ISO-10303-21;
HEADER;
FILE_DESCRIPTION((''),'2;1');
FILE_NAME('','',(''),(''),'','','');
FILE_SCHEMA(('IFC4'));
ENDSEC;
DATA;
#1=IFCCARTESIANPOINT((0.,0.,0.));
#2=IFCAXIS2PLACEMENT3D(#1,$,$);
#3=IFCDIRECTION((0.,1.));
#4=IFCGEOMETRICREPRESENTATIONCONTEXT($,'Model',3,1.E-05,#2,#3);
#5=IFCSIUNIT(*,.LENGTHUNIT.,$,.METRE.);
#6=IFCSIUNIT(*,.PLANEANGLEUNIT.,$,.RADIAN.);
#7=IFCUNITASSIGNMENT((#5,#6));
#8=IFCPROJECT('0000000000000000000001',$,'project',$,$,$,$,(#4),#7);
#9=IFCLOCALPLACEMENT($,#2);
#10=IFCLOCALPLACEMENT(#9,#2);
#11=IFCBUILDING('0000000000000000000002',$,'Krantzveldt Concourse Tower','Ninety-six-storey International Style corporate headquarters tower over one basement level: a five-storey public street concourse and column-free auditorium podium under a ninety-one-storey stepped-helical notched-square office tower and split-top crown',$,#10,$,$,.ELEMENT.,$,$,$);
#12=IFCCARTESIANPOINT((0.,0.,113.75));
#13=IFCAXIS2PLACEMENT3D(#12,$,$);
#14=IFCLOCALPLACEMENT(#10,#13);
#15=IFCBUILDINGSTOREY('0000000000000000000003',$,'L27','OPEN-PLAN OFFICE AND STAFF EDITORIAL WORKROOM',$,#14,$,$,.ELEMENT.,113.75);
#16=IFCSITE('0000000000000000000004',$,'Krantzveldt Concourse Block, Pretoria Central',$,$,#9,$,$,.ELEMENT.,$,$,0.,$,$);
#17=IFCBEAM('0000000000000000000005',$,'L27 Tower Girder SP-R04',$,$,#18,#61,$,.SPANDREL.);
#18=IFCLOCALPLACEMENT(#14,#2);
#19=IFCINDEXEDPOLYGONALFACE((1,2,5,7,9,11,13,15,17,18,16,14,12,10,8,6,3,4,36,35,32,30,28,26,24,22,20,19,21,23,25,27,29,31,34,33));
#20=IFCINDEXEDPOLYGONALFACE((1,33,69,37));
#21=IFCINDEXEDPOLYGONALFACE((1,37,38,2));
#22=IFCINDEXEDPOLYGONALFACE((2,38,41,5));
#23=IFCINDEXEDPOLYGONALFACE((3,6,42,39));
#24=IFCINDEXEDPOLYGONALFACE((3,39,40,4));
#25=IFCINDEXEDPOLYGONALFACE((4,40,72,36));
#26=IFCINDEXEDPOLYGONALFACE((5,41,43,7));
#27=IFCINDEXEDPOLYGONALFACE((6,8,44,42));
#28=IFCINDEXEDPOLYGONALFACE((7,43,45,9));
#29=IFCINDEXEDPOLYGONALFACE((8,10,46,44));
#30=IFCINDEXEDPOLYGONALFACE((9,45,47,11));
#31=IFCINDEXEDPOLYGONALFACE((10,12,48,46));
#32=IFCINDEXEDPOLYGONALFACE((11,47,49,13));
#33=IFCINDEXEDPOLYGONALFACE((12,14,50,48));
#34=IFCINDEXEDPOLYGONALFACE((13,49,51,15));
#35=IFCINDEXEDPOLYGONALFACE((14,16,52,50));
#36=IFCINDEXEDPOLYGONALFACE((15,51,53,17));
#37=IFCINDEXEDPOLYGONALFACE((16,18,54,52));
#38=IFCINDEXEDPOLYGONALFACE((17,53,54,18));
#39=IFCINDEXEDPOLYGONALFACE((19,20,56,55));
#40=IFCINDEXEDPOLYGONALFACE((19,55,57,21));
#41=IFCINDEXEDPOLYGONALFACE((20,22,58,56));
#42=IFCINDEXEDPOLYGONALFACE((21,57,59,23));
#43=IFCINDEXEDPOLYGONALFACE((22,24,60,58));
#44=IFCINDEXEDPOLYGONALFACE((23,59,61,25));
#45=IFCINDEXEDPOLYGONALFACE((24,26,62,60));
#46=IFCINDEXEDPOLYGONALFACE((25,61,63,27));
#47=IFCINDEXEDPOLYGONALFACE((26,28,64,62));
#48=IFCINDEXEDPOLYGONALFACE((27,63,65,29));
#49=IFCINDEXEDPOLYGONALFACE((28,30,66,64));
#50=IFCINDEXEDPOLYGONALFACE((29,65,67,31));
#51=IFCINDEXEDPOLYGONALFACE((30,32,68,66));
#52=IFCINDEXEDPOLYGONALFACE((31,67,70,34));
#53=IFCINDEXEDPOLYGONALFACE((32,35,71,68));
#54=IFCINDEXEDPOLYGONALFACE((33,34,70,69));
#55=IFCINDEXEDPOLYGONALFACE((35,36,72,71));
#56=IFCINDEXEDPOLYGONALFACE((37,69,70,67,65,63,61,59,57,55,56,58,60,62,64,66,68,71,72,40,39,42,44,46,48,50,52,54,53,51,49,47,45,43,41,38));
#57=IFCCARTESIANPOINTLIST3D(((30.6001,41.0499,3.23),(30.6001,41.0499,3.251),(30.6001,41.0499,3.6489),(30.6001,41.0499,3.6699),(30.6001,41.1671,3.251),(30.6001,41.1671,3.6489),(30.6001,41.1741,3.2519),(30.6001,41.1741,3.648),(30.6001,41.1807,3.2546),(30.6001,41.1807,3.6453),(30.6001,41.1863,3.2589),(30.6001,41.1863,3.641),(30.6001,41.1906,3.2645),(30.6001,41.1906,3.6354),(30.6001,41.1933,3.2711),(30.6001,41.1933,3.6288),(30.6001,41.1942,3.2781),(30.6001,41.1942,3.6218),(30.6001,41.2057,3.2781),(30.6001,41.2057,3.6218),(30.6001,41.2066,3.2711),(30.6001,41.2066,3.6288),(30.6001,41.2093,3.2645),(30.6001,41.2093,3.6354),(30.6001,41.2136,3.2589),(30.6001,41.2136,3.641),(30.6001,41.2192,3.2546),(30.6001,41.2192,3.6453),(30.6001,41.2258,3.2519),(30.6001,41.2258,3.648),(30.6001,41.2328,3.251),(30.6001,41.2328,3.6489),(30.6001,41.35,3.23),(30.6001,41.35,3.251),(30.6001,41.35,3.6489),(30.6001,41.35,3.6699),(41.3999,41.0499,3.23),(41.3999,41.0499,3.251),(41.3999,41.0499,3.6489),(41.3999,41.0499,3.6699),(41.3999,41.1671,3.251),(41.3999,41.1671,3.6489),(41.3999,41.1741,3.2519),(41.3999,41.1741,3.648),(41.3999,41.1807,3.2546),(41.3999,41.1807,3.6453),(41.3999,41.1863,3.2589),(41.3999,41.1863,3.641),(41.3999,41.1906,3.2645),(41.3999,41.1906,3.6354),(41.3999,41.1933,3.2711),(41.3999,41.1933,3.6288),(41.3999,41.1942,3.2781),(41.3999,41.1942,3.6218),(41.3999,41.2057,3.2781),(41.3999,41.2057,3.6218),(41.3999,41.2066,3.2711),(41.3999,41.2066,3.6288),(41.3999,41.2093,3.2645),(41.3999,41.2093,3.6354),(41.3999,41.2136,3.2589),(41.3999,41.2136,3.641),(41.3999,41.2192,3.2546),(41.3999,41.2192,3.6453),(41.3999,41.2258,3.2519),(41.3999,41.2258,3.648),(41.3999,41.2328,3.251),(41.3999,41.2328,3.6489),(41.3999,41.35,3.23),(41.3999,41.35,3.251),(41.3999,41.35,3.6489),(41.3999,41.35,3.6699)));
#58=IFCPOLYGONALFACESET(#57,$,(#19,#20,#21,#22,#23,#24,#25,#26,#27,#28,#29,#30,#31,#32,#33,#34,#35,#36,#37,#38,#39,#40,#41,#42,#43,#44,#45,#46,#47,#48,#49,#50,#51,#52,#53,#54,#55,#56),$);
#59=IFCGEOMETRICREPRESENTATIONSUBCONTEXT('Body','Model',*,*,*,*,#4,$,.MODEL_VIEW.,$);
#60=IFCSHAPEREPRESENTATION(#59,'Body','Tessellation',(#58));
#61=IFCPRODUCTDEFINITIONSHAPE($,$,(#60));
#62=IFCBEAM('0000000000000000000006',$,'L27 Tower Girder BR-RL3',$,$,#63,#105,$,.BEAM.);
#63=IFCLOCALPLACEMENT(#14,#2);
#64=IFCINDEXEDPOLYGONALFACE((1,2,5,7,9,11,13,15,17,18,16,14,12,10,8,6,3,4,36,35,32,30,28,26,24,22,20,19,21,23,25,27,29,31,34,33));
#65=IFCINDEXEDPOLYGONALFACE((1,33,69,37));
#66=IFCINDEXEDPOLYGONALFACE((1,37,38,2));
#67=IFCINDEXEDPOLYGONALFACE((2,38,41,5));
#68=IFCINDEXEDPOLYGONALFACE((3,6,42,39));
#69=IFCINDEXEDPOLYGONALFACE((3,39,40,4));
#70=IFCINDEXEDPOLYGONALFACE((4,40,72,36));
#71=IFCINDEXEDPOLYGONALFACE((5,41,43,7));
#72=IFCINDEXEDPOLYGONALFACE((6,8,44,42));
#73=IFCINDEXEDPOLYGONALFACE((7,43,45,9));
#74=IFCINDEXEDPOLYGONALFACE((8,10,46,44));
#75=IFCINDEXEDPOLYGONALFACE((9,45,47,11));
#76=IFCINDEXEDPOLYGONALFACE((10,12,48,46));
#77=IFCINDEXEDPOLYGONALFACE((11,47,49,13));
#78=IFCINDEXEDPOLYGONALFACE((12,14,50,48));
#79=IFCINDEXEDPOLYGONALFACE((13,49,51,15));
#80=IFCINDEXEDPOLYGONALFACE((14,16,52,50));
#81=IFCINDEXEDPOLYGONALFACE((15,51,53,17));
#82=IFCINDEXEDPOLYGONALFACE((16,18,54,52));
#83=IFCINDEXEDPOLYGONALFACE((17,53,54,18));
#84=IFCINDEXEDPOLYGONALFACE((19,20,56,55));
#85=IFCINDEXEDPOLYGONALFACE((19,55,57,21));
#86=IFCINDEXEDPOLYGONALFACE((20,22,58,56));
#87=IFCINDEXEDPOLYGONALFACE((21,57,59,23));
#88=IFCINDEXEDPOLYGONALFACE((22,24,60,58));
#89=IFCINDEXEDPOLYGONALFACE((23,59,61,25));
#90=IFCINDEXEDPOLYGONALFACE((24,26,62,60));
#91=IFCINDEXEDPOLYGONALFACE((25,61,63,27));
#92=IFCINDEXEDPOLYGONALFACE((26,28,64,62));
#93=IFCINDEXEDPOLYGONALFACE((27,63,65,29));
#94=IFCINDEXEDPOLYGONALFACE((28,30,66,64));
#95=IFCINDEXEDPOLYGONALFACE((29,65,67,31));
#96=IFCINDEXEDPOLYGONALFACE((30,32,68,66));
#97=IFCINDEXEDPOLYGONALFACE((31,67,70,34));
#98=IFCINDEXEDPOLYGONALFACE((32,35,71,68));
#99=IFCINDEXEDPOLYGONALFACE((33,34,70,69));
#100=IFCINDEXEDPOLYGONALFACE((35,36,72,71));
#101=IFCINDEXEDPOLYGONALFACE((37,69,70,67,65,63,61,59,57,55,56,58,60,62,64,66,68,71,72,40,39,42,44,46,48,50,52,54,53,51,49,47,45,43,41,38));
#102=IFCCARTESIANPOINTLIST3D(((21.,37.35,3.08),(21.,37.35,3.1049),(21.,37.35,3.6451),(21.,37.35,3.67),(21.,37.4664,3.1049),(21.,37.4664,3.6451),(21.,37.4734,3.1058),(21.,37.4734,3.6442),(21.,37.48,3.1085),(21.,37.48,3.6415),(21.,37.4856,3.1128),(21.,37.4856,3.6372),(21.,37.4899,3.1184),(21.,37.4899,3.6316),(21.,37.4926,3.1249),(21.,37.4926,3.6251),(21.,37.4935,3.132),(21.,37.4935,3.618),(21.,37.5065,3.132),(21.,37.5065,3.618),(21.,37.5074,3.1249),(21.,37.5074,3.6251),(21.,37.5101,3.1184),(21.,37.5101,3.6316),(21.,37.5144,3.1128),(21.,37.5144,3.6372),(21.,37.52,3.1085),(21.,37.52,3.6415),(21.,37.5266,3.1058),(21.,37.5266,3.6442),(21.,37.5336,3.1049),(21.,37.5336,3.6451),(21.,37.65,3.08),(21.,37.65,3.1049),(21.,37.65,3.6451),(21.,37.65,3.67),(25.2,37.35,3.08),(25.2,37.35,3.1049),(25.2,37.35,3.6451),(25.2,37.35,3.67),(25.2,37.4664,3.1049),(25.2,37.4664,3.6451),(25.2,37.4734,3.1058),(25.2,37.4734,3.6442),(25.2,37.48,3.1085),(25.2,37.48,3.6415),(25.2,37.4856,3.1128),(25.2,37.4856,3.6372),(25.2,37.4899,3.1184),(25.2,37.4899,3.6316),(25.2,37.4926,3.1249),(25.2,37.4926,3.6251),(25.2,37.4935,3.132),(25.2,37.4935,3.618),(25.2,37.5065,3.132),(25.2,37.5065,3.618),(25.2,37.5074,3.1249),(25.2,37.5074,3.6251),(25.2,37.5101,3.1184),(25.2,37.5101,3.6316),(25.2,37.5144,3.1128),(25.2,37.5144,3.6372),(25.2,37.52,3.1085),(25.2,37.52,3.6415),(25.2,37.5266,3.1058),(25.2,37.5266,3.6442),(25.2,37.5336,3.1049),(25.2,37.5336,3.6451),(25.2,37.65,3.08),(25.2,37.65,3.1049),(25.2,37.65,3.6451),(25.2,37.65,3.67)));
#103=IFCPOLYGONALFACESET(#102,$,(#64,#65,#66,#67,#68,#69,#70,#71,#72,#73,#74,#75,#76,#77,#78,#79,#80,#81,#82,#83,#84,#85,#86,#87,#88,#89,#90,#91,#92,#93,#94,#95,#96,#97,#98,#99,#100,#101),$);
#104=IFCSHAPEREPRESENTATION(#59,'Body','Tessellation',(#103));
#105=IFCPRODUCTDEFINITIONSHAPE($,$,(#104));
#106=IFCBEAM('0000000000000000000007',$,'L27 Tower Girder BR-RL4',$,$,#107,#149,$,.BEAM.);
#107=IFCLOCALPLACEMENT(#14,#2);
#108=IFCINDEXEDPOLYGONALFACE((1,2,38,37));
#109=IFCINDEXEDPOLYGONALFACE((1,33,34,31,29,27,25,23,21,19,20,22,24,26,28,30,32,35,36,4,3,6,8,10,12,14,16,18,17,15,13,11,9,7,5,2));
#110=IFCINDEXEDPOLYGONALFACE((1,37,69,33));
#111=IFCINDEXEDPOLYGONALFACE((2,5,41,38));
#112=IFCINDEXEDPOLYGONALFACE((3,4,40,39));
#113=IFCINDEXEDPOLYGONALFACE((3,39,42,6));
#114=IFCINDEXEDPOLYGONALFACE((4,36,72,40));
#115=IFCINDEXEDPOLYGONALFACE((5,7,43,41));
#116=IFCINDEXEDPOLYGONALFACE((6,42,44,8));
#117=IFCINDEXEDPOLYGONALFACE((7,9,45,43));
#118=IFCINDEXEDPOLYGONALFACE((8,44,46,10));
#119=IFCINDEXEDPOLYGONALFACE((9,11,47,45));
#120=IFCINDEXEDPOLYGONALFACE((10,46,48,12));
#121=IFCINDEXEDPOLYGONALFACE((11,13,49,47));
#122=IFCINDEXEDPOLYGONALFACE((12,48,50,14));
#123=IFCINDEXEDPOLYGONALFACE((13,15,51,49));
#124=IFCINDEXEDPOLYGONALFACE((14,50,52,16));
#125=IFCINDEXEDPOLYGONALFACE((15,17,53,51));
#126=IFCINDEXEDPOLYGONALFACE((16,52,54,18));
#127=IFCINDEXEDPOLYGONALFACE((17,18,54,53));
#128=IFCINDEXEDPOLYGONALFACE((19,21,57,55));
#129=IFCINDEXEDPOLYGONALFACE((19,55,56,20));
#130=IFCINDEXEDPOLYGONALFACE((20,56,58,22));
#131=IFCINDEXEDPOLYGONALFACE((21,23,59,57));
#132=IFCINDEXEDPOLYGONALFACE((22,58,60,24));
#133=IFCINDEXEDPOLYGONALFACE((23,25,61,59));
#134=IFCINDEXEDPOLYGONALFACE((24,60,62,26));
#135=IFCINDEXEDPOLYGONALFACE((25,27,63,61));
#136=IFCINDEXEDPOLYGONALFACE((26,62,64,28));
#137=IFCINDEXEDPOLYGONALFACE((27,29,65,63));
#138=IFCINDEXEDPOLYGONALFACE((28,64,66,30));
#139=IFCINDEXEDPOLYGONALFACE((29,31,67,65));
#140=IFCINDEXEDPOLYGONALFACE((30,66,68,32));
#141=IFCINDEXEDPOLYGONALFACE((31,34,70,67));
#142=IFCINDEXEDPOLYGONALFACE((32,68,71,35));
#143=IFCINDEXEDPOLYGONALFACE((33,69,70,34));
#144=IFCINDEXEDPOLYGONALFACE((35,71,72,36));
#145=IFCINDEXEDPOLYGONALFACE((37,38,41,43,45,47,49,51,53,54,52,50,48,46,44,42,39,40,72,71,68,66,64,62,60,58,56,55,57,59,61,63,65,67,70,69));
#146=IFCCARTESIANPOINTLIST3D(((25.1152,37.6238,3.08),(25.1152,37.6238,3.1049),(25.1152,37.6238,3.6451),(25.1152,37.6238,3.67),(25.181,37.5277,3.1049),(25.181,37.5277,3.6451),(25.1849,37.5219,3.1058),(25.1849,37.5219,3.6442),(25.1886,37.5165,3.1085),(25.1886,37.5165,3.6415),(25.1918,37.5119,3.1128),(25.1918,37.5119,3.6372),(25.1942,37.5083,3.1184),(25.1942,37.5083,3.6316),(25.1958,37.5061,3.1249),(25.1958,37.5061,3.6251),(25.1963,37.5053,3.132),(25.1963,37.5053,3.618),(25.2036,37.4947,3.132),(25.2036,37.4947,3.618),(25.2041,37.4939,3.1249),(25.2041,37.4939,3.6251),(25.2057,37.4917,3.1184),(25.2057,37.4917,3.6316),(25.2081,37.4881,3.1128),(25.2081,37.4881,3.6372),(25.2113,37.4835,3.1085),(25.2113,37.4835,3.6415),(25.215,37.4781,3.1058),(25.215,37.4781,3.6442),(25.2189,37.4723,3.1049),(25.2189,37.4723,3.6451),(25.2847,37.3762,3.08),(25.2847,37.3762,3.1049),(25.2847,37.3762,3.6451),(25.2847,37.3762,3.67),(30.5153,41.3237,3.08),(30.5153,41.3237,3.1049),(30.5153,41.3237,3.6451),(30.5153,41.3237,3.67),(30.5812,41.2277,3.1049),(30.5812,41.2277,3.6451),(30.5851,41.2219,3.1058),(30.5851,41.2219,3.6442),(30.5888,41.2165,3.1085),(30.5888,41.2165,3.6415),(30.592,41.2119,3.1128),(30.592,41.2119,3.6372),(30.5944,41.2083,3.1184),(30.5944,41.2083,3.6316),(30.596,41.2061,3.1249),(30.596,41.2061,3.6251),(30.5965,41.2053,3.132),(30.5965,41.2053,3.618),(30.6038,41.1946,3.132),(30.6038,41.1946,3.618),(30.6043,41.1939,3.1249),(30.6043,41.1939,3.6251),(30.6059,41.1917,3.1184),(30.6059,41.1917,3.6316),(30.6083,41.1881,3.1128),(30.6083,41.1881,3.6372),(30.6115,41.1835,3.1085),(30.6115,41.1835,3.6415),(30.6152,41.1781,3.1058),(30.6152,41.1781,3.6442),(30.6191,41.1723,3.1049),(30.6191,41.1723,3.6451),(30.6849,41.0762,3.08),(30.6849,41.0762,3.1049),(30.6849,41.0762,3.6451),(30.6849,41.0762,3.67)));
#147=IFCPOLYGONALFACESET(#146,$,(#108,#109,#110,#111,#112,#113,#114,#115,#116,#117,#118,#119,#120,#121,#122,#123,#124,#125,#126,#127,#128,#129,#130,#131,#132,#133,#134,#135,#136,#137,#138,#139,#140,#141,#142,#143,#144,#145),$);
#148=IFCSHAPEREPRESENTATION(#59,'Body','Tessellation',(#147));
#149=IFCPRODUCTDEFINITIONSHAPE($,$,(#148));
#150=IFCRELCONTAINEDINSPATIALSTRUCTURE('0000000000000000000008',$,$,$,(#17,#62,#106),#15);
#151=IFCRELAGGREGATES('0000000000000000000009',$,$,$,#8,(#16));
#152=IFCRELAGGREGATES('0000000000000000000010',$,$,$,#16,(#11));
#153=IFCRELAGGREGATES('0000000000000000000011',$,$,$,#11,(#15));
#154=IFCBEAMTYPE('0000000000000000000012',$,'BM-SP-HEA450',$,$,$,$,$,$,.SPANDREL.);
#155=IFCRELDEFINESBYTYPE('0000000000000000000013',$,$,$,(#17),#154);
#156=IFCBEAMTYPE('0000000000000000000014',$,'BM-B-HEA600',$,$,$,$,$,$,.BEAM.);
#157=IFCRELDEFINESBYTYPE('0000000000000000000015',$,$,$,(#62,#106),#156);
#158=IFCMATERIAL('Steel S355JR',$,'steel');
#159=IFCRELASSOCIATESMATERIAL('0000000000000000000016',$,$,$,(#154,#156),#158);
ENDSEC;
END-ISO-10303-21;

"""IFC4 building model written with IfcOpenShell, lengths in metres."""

from ifc_helpers import new_model, si_unit, direction, frame, origin, origin_2d, place, context, subcontext, project, spatial, i_section, extrude, source, transform, mapped, material, material_profile, profile_set, type_object, type_shapes, element, save


model = new_model("IFC4")

# Units and contexts
model_context = context("Model", 3, precision=1e-05, world=origin(), true_north=direction((0.0, 1.0)))
body_context = subcontext(model_context, "Body", "Model", "MODEL_VIEW")
ifc_project = project(units=[si_unit("LENGTHUNIT", "METRE"), si_unit("PLANEANGLEUNIT", "RADIAN")], contexts=[model_context])

# Site, building, storey
site_placement = place(None, origin())
site = spatial("IfcSite", under=ifc_project, at=site_placement, Name="Krantzveldt Concourse Block, Pretoria Central", CompositionType="ELEMENT", RefElevation=0.0)
building_placement = place(site_placement, origin())
building = spatial("IfcBuilding", under=site, at=building_placement, Name="Krantzveldt Concourse Tower", Description="Ninety-six-storey International Style corporate headquarters tower over one basement level: a five-storey public street concourse and column-free auditorium podium under a ninety-one-storey stepped-helical notched-square office tower and split-top crown", CompositionType="ELEMENT")
storey_placement = place(building_placement, frame((0.0, 0.0, 113.75)))
storey = spatial("IfcBuildingStorey", under=building, at=storey_placement, Name="L27", Description="OPEN-PLAN OFFICE AND STAFF EDITORIAL WORKROOM", CompositionType="ELEMENT", Elevation=113.75)

# Beams
ifc_material_1 = material(Name="Steel S355JR", Category="steel")
ifc_material_profile_1 = material_profile(ifc_material_1, i_section(OverallWidth=0.3, OverallDepth=0.4399, WebThickness=0.0115, FlangeThickness=0.021, FilletRadius=0.0271, at=origin_2d()), Name="Steel S355JR", Category="steel")
ifc_profile_set_1 = profile_set([ifc_material_profile_1], Name="Steel S355JR - HEA 450")
beam_type_1 = type_object("IfcBeamType", Name="BM-SP-HEA450", PredefinedType="SPANDREL", material=ifc_profile_set_1)
shared_shape_1 = source(origin(), body_context, "Body", "SweptSolid", [
    extrude(i_section(OverallWidth=0.3, OverallDepth=0.4399, WebThickness=0.0115, FlangeThickness=0.021, FilletRadius=0.0271, at=origin_2d()), origin(), (0.0, 0.0, 1.0), 10.7998),
])
beam_1_placement = place(storey_placement, frame((30.6001, 41.2, 3.45), z_axis=(1.0, 0.0, 0.0), x_axis=(0.0, 1.0, 0.0)))
element("IfcBeam", 1, at=beam_1_placement, inside=storey, type_object=beam_type_1, Name="L27 Tower Girder SP-R04", PredefinedType="SPANDREL", context=body_context, shape_type="MappedRepresentation", body=[
    mapped(shared_shape_1, transform((0.0, 0.0, 0.0), x_axis=(1.0, 0.0, 0.0), y_axis=(0.0, 1.0, 0.0), z_axis=(0.0, 0.0, 1.0), scale=1.0)),
])
ifc_material_profile_2 = material_profile(ifc_material_1, i_section(OverallWidth=0.3, OverallDepth=0.5901, WebThickness=0.0129, FlangeThickness=0.0249, FilletRadius=0.0271, at=origin_2d()), Name="Steel S355JR", Category="steel")
ifc_profile_set_2 = profile_set([ifc_material_profile_2], Name="Steel S355JR - HEA 600")
beam_type_2 = type_object("IfcBeamType", Name="BM-B-HEA600", PredefinedType="BEAM", material=ifc_profile_set_2)
shared_shape_2 = source(origin(), body_context, "Body", "SweptSolid", [
    extrude(i_section(OverallWidth=0.3, OverallDepth=0.5901, WebThickness=0.0129, FlangeThickness=0.0249, FilletRadius=0.0271, at=origin_2d()), origin(), (0.0, 0.0, 1.0), 4.2),
])
beam_2_placement = place(storey_placement, frame((21.0, 37.5, 3.375), z_axis=(1.0, 0.0, 0.0), x_axis=(0.0, 1.0, 0.0)))
element("IfcBeam", 2, at=beam_2_placement, inside=storey, type_object=beam_type_2, Name="L27 Tower Girder BR-RL3", PredefinedType="BEAM", context=body_context, shape_type="MappedRepresentation", body=[
    mapped(shared_shape_2, transform((0.0, 0.0, 0.0), x_axis=(1.0, 0.0, 0.0), y_axis=(0.0, 1.0, 0.0), z_axis=(0.0, 0.0, 1.0), scale=1.0)),
])
shared_shape_3 = source(origin(), body_context, "Body", "SweptSolid", [
    extrude(i_section(OverallWidth=0.3, OverallDepth=0.5901, WebThickness=0.0129, FlangeThickness=0.0249, FilletRadius=0.0271, at=origin_2d()), origin(), (0.0, 0.0, 1.0), 6.5461),
])
type_shapes(beam_type_2, [shared_shape_2, shared_shape_3])
beam_3_placement = place(storey_placement, frame((25.2, 37.5, 3.375), z_axis=(0.824943, 0.565216, 0.0), x_axis=(-0.565216, 0.824943, 0.0)))
element("IfcBeam", 3, at=beam_3_placement, inside=storey, type_object=beam_type_2, Name="L27 Tower Girder BR-RL4", PredefinedType="BEAM", context=body_context, shape_type="MappedRepresentation", body=[
    mapped(shared_shape_3, transform((0.0, 0.0, 0.0), x_axis=(1.0, 0.0, 0.0), y_axis=(0.0, 1.0, 0.0), z_axis=(0.0, 0.0, 1.0), scale=1.0)),
])

save(model, "model.ifc")
